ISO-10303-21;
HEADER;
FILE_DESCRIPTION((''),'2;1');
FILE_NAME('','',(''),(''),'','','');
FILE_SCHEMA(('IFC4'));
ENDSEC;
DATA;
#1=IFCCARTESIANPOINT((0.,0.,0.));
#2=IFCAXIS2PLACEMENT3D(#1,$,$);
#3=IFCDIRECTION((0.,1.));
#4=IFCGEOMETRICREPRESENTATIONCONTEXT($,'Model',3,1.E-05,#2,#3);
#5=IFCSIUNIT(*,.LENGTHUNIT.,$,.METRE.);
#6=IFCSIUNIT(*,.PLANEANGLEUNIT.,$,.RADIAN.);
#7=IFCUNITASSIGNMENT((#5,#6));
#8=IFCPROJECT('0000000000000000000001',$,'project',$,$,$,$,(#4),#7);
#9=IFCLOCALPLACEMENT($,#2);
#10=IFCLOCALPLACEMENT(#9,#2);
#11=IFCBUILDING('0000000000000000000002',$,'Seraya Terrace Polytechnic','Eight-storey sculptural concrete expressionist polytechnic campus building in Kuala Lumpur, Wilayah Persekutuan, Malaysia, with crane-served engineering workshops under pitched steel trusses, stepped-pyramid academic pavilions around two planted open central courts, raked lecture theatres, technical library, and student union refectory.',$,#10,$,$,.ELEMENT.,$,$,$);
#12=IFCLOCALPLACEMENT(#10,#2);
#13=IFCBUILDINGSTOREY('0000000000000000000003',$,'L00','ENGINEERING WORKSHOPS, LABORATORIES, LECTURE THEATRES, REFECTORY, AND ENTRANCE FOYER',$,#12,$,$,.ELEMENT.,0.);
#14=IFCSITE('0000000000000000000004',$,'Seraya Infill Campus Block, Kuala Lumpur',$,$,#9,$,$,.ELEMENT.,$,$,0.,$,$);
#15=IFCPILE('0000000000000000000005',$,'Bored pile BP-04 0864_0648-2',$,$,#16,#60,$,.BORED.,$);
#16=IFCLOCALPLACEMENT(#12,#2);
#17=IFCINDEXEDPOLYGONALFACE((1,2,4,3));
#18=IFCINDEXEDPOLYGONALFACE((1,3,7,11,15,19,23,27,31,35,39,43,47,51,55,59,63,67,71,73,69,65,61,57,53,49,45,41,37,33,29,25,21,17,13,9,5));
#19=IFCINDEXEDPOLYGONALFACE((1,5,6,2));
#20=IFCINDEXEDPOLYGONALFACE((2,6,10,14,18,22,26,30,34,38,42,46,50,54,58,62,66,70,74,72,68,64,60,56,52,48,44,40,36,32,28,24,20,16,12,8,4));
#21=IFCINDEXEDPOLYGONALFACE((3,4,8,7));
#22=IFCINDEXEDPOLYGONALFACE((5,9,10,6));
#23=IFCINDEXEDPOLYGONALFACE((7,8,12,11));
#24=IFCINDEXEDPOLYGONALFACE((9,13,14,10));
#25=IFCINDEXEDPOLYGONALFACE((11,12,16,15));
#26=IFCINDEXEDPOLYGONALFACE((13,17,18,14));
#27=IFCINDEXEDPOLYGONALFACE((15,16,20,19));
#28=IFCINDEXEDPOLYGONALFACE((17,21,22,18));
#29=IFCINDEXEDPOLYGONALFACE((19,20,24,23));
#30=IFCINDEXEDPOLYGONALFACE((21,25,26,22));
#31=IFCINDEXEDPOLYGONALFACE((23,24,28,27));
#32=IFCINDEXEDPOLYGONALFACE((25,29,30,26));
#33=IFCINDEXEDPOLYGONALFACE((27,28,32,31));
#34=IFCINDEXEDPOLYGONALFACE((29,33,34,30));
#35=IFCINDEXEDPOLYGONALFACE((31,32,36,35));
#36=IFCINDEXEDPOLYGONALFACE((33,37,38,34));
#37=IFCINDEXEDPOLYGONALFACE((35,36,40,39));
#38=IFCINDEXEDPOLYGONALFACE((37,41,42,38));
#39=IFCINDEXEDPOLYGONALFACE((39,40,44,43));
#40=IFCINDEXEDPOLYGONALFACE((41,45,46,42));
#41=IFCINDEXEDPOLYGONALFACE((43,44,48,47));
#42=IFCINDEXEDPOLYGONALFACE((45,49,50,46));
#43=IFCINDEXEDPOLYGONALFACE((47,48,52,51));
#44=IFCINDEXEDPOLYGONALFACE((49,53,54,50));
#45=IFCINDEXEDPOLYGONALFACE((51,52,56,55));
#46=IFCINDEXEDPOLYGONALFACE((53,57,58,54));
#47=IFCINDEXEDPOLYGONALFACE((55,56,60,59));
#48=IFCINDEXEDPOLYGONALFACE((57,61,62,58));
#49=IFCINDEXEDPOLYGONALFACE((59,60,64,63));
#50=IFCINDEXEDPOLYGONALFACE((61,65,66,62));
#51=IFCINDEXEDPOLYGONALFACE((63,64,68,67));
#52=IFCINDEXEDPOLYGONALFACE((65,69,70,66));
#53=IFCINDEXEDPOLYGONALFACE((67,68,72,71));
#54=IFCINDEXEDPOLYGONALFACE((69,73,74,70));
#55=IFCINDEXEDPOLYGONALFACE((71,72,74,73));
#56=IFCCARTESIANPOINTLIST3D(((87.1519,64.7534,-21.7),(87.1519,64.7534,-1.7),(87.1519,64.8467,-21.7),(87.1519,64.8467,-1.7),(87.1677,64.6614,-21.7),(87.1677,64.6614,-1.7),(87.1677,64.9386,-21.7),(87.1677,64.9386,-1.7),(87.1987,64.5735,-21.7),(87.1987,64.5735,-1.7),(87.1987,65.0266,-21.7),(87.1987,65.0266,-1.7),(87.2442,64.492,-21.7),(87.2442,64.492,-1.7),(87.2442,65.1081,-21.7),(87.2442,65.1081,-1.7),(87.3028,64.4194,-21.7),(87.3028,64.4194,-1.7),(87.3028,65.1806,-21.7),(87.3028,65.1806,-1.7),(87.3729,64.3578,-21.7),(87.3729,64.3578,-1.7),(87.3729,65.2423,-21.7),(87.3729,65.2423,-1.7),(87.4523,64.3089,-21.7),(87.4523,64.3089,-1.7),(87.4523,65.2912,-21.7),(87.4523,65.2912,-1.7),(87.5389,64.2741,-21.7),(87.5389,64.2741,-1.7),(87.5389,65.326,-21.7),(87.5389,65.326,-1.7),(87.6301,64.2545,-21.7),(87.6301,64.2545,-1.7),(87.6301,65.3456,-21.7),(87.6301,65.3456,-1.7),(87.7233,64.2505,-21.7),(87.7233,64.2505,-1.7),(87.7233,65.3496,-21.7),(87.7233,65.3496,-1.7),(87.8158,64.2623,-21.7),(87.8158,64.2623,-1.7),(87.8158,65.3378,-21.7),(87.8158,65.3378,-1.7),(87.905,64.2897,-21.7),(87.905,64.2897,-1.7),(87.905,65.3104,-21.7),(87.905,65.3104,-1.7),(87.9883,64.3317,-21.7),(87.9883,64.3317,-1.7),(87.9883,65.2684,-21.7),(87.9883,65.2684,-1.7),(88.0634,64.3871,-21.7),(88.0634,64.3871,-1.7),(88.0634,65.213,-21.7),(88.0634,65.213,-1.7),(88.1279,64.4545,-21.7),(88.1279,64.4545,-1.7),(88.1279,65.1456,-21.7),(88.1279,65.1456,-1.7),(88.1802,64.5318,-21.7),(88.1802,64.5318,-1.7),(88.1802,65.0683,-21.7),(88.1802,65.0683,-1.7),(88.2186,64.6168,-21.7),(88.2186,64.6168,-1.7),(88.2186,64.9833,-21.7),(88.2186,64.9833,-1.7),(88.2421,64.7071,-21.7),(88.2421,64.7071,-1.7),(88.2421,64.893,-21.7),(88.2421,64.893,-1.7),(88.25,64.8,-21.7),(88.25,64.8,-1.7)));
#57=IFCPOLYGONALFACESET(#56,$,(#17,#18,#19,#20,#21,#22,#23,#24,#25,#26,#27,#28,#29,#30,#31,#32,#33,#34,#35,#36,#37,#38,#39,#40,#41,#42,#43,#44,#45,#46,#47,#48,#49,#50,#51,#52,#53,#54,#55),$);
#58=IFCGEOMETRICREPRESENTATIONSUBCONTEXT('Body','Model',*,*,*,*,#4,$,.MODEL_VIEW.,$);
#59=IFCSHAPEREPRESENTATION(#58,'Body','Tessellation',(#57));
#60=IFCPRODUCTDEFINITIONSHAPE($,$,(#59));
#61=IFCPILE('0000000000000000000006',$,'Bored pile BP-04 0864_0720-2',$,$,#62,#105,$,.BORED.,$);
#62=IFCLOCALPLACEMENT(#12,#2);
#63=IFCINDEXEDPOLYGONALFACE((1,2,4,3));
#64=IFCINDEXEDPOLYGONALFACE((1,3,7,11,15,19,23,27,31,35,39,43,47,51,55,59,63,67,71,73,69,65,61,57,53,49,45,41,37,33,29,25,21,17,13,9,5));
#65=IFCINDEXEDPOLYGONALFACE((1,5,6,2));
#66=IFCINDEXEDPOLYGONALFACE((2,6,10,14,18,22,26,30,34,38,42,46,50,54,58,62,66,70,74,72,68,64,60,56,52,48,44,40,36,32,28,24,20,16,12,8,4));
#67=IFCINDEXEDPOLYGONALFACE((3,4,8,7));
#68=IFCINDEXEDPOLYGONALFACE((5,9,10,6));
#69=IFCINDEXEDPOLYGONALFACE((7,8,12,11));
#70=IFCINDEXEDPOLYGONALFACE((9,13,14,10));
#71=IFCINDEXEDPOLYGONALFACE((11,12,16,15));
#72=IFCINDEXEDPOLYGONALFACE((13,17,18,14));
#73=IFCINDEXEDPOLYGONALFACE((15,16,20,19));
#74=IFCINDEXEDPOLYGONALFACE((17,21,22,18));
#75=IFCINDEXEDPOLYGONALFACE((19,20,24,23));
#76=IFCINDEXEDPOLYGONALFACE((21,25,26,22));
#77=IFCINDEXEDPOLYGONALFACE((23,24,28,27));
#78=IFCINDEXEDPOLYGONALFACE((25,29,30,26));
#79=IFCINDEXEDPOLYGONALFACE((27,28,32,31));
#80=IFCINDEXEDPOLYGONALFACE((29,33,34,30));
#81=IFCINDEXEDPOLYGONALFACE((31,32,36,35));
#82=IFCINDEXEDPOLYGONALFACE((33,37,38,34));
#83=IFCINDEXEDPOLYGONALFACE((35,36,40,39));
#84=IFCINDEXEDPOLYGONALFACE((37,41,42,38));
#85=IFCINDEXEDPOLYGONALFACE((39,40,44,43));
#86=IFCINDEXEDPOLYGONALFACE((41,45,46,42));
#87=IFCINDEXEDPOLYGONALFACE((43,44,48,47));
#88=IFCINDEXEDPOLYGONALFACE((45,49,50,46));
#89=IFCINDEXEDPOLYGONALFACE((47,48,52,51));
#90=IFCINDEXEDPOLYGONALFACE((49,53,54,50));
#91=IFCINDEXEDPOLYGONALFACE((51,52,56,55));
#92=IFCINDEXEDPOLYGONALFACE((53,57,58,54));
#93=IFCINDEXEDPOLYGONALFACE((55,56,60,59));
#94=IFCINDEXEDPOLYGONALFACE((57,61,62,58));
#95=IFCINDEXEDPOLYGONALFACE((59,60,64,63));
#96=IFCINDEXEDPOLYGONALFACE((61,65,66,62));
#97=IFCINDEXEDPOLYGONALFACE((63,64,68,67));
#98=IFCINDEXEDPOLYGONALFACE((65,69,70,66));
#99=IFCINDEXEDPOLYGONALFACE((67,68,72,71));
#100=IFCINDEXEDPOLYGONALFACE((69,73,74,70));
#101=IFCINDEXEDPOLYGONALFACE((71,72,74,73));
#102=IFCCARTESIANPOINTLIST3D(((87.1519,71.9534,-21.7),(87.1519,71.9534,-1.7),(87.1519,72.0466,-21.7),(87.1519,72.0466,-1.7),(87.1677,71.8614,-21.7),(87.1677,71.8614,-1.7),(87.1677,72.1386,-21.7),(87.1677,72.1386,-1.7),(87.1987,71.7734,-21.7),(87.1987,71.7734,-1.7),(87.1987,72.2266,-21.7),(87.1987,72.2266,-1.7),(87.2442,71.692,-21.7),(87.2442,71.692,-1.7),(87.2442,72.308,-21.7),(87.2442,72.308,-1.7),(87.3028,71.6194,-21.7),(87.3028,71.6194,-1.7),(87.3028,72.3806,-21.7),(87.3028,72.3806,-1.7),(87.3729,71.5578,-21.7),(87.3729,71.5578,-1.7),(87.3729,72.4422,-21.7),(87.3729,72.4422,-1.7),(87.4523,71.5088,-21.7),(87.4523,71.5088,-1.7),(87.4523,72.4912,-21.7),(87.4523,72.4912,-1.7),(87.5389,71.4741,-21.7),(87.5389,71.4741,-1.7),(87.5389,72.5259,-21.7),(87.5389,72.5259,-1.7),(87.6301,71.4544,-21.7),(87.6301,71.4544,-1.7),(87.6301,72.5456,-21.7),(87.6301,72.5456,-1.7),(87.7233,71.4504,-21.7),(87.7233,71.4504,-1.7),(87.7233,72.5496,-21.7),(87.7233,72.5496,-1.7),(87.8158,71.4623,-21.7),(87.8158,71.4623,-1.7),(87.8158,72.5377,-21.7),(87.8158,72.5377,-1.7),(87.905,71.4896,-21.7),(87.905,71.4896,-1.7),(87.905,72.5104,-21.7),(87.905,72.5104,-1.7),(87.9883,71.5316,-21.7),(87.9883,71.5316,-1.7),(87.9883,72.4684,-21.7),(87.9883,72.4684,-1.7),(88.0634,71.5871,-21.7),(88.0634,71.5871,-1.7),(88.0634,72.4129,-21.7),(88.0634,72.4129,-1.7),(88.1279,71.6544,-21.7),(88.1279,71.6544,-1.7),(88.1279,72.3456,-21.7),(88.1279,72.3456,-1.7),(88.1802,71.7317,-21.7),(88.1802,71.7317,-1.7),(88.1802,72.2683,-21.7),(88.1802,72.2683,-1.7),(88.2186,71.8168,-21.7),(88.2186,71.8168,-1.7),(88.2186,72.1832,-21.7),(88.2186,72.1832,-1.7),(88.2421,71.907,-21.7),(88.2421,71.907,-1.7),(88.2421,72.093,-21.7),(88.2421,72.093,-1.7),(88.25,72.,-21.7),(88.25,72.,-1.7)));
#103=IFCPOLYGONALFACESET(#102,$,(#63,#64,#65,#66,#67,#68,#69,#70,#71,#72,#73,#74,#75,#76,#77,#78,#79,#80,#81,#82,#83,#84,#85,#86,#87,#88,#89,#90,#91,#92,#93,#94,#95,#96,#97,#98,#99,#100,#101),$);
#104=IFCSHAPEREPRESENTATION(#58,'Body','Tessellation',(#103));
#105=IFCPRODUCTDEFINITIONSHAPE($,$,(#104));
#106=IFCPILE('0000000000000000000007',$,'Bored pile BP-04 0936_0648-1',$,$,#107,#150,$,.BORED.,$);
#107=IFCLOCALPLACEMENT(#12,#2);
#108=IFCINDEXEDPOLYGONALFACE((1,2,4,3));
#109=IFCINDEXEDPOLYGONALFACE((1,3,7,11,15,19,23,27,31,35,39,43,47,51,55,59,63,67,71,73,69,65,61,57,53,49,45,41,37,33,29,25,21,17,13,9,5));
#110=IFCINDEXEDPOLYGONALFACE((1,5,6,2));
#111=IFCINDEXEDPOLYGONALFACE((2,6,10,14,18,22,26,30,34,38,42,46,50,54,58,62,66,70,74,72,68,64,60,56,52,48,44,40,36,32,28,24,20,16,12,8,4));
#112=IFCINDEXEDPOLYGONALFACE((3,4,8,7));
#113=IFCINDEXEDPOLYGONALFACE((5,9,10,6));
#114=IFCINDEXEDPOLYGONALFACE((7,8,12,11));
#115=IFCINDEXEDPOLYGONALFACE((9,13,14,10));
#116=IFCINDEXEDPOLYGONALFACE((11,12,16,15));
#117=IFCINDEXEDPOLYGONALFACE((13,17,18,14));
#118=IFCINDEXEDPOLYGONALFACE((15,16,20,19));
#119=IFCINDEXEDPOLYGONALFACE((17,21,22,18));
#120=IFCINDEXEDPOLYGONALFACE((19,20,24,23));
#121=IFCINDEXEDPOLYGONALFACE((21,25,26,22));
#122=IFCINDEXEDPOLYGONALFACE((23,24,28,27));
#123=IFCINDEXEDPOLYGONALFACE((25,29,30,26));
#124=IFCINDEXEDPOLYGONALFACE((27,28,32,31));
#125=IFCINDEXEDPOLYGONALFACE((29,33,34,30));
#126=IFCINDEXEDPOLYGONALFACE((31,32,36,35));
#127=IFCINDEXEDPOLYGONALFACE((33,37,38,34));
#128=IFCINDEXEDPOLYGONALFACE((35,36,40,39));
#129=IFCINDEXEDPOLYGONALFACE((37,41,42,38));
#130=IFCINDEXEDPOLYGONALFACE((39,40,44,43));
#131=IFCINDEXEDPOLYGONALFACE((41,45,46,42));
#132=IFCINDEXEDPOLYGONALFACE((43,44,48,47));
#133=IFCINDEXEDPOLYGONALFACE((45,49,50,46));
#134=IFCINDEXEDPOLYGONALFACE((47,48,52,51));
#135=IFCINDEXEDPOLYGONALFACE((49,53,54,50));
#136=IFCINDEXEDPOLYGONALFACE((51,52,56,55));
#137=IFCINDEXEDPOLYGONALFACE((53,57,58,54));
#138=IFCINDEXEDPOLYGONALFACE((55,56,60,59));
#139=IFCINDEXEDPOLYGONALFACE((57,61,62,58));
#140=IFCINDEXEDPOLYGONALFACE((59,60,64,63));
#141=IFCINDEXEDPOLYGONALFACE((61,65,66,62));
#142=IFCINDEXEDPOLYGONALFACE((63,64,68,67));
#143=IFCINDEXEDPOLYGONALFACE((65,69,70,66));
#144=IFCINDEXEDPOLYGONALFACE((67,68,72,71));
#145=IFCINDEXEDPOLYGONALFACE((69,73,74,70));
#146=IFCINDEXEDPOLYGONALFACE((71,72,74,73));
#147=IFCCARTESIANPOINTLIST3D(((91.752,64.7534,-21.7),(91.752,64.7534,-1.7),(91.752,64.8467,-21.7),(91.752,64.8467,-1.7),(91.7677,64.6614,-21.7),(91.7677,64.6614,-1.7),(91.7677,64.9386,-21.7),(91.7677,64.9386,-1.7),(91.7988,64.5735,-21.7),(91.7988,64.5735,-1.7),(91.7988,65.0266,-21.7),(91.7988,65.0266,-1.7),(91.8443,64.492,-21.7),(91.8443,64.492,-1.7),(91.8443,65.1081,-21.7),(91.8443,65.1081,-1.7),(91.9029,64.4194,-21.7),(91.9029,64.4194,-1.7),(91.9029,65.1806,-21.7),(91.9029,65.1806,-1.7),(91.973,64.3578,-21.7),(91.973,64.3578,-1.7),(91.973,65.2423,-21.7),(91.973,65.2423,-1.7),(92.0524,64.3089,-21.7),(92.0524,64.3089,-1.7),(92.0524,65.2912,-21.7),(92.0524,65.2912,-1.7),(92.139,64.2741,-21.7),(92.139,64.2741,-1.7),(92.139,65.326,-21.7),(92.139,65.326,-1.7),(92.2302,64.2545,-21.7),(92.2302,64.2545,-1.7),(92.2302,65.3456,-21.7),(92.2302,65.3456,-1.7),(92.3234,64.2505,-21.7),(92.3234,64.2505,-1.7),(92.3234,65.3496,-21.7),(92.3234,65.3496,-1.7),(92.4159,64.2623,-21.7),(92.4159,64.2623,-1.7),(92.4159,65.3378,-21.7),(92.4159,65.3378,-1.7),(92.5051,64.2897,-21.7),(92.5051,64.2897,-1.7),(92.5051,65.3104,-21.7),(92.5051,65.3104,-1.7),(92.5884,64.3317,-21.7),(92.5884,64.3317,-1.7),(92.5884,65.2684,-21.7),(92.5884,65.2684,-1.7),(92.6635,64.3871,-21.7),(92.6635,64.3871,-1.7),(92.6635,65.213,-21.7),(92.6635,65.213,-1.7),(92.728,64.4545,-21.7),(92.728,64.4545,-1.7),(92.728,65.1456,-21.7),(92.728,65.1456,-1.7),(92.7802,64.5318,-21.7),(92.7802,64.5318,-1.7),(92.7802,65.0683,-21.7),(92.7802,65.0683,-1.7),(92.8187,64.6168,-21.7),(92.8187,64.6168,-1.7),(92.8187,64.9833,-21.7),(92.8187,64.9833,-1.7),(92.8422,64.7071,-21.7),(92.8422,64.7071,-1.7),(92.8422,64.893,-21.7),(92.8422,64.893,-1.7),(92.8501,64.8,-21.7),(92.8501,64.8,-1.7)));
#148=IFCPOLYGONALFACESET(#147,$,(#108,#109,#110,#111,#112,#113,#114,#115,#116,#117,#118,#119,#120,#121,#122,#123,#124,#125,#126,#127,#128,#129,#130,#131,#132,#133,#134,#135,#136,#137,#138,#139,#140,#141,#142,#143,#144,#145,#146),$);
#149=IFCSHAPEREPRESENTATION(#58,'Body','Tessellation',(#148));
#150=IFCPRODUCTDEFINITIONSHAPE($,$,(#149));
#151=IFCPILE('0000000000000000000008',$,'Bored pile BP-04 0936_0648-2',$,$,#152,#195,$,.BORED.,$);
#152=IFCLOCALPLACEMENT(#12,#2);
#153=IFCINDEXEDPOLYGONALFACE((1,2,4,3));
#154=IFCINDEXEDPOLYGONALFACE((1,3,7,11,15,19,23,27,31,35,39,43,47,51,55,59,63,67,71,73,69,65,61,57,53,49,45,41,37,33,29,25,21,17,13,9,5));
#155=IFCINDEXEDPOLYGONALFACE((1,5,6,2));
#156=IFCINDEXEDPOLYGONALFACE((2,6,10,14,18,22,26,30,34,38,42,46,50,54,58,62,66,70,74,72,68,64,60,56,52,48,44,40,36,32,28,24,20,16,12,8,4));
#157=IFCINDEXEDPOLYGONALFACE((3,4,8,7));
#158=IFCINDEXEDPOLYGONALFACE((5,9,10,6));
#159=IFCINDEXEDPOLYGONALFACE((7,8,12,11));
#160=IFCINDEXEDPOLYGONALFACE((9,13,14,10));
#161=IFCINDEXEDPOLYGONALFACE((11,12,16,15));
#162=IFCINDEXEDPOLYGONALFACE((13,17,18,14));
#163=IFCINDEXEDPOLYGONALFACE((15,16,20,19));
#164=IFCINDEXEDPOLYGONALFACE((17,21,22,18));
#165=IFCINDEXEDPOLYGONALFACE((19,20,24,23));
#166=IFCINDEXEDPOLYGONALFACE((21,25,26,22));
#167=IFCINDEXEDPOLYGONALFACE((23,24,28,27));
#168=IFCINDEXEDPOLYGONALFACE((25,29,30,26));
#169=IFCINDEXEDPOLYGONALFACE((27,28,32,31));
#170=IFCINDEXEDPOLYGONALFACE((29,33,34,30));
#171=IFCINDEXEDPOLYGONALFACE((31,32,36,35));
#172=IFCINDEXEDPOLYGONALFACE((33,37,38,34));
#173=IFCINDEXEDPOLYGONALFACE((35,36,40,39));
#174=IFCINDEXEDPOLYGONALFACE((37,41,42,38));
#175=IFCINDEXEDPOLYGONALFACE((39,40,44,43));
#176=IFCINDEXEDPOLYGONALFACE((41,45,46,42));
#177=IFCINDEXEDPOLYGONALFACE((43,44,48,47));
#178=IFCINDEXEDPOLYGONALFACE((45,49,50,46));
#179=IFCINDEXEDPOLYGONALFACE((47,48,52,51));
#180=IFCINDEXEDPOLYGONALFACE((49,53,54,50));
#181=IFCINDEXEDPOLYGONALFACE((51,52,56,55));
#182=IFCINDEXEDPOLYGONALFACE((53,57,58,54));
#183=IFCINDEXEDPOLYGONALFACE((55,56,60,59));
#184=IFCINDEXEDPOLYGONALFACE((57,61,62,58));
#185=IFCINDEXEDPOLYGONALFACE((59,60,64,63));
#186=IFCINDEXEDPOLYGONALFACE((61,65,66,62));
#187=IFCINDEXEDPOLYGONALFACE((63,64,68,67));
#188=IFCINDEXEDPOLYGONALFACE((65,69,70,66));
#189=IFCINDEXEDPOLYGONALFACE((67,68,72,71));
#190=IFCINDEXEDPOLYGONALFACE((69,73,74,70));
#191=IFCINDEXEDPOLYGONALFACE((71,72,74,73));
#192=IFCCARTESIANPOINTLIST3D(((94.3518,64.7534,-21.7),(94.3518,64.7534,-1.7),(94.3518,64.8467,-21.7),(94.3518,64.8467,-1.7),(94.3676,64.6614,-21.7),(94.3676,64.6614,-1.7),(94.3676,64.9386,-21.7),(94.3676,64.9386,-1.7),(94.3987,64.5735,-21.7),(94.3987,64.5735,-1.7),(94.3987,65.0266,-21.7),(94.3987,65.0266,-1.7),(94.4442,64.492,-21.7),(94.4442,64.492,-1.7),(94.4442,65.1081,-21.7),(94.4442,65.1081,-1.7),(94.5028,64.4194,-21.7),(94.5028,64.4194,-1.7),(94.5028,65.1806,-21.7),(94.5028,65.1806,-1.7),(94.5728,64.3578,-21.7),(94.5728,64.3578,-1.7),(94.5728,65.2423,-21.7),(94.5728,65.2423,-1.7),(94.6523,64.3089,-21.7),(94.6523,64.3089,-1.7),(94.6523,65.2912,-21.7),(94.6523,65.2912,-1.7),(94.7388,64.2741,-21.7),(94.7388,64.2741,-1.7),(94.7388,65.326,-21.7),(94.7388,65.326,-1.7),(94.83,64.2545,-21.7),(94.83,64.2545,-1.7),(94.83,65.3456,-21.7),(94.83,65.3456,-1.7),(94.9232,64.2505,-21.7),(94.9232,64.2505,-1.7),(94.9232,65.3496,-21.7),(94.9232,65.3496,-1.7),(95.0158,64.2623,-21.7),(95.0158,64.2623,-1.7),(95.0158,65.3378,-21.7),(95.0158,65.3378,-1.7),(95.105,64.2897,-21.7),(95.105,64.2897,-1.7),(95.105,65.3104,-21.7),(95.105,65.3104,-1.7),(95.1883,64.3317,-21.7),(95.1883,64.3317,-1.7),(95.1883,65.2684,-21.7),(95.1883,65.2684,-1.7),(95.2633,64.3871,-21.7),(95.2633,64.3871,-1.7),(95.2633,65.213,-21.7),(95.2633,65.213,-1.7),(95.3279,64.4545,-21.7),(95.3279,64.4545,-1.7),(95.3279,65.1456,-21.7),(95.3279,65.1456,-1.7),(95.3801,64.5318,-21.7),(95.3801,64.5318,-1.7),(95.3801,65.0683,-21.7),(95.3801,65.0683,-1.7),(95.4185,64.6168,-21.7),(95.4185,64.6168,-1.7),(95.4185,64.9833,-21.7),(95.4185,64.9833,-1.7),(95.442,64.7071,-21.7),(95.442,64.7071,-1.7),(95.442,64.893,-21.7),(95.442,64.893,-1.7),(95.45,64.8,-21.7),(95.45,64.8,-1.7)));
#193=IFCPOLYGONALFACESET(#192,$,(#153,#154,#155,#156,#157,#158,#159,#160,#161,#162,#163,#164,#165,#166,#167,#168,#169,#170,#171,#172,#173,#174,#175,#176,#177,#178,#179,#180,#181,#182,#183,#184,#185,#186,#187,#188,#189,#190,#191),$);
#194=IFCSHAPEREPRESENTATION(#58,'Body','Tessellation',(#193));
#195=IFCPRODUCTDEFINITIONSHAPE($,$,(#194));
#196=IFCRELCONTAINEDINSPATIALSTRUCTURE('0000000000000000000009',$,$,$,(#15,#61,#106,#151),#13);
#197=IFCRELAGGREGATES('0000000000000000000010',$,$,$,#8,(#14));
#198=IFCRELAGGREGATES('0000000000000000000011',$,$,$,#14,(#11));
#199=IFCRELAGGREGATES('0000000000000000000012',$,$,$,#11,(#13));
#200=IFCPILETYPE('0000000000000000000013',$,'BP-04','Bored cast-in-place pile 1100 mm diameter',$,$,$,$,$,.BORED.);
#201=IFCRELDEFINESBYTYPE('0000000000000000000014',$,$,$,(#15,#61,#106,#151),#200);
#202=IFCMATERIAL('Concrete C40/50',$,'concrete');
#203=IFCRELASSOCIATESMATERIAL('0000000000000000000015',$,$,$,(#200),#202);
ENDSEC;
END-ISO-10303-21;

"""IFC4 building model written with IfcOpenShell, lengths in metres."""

from ifc_helpers import new_model, si_unit, direction, frame, origin, origin_2d, place, context, subcontext, project, spatial, circle, extrude, material, material_profile, profile_set, type_object, element, save


model = new_model("IFC4")

# Units and contexts
model_context = context("Model", 3, precision=1e-05, world=origin(), true_north=direction((0.0, 1.0)))
body_context = subcontext(model_context, "Body", "Model", "MODEL_VIEW")
ifc_project = project(units=[si_unit("LENGTHUNIT", "METRE"), si_unit("PLANEANGLEUNIT", "RADIAN")], contexts=[model_context])

# Site, building, storey
site_placement = place(None, origin())
site = spatial("IfcSite", under=ifc_project, at=site_placement, Name="Seraya Infill Campus Block, Kuala Lumpur", CompositionType="ELEMENT", RefElevation=0.0)
building_placement = place(site_placement, origin())
building = spatial("IfcBuilding", under=site, at=building_placement, Name="Seraya Terrace Polytechnic", Description="Eight-storey sculptural concrete expressionist polytechnic campus building in Kuala Lumpur, Wilayah Persekutuan, Malaysia, with crane-served engineering workshops under pitched steel trusses, stepped-pyramid academic pavilions around two planted open central courts, raked lecture theatres, technical library, and student union refectory.", CompositionType="ELEMENT")
storey_placement = place(building_placement, origin())
storey = spatial("IfcBuildingStorey", under=building, at=storey_placement, Name="L00", Description="ENGINEERING WORKSHOPS, LABORATORIES, LECTURE THEATRES, REFECTORY, AND ENTRANCE FOYER", CompositionType="ELEMENT", Elevation=0.0)

# Piles
ifc_material_1 = material(Name="Concrete C40/50", Category="concrete")
ifc_material_profile_1 = material_profile(ifc_material_1, circle(Radius=0.55, at=origin_2d()), Name="DIA 1100")
ifc_profile_set_1 = profile_set([ifc_material_profile_1], Name="Concrete C40/50")
pile_type = type_object("IfcPileType", Name="BP-04", Description="Bored cast-in-place pile 1100 mm diameter", PredefinedType="BORED", material=ifc_profile_set_1)
for number, where, z_axis, x_axis, name in (
    (1, (87.7, 64.8, -1.7), (0.0, 0.0, -1.0), (1.0, 0.0, 0.0), "Bored pile BP-04 0864_0648-2"),
    (2, (87.7, 72.0, -1.7), (0.0, 0.0, -1.0), (1.0, 0.0, 0.0), "Bored pile BP-04 0864_0720-2"),
    (3, (92.3, 64.8, -1.7), (0.0, 0.0, -1.0), (1.0, 0.0, 0.0), "Bored pile BP-04 0936_0648-1"),
    (4, (94.8999, 64.8, -1.7), (0.0, 0.0, -1.0), (1.0, 0.0, 0.0), "Bored pile BP-04 0936_0648-2"),
):
    element("IfcPile", number, at=place(storey_placement, frame(where, z_axis=z_axis, x_axis=x_axis)), inside=storey, type_object=pile_type, Name=name, PredefinedType="BORED", context=body_context, shape_type="SweptSolid", body=[
        extrude(circle(Radius=0.55, at=origin_2d()), origin(), (0.0, 0.0, 1.0), 20.0),
    ])

save(model, "model.ifc")
